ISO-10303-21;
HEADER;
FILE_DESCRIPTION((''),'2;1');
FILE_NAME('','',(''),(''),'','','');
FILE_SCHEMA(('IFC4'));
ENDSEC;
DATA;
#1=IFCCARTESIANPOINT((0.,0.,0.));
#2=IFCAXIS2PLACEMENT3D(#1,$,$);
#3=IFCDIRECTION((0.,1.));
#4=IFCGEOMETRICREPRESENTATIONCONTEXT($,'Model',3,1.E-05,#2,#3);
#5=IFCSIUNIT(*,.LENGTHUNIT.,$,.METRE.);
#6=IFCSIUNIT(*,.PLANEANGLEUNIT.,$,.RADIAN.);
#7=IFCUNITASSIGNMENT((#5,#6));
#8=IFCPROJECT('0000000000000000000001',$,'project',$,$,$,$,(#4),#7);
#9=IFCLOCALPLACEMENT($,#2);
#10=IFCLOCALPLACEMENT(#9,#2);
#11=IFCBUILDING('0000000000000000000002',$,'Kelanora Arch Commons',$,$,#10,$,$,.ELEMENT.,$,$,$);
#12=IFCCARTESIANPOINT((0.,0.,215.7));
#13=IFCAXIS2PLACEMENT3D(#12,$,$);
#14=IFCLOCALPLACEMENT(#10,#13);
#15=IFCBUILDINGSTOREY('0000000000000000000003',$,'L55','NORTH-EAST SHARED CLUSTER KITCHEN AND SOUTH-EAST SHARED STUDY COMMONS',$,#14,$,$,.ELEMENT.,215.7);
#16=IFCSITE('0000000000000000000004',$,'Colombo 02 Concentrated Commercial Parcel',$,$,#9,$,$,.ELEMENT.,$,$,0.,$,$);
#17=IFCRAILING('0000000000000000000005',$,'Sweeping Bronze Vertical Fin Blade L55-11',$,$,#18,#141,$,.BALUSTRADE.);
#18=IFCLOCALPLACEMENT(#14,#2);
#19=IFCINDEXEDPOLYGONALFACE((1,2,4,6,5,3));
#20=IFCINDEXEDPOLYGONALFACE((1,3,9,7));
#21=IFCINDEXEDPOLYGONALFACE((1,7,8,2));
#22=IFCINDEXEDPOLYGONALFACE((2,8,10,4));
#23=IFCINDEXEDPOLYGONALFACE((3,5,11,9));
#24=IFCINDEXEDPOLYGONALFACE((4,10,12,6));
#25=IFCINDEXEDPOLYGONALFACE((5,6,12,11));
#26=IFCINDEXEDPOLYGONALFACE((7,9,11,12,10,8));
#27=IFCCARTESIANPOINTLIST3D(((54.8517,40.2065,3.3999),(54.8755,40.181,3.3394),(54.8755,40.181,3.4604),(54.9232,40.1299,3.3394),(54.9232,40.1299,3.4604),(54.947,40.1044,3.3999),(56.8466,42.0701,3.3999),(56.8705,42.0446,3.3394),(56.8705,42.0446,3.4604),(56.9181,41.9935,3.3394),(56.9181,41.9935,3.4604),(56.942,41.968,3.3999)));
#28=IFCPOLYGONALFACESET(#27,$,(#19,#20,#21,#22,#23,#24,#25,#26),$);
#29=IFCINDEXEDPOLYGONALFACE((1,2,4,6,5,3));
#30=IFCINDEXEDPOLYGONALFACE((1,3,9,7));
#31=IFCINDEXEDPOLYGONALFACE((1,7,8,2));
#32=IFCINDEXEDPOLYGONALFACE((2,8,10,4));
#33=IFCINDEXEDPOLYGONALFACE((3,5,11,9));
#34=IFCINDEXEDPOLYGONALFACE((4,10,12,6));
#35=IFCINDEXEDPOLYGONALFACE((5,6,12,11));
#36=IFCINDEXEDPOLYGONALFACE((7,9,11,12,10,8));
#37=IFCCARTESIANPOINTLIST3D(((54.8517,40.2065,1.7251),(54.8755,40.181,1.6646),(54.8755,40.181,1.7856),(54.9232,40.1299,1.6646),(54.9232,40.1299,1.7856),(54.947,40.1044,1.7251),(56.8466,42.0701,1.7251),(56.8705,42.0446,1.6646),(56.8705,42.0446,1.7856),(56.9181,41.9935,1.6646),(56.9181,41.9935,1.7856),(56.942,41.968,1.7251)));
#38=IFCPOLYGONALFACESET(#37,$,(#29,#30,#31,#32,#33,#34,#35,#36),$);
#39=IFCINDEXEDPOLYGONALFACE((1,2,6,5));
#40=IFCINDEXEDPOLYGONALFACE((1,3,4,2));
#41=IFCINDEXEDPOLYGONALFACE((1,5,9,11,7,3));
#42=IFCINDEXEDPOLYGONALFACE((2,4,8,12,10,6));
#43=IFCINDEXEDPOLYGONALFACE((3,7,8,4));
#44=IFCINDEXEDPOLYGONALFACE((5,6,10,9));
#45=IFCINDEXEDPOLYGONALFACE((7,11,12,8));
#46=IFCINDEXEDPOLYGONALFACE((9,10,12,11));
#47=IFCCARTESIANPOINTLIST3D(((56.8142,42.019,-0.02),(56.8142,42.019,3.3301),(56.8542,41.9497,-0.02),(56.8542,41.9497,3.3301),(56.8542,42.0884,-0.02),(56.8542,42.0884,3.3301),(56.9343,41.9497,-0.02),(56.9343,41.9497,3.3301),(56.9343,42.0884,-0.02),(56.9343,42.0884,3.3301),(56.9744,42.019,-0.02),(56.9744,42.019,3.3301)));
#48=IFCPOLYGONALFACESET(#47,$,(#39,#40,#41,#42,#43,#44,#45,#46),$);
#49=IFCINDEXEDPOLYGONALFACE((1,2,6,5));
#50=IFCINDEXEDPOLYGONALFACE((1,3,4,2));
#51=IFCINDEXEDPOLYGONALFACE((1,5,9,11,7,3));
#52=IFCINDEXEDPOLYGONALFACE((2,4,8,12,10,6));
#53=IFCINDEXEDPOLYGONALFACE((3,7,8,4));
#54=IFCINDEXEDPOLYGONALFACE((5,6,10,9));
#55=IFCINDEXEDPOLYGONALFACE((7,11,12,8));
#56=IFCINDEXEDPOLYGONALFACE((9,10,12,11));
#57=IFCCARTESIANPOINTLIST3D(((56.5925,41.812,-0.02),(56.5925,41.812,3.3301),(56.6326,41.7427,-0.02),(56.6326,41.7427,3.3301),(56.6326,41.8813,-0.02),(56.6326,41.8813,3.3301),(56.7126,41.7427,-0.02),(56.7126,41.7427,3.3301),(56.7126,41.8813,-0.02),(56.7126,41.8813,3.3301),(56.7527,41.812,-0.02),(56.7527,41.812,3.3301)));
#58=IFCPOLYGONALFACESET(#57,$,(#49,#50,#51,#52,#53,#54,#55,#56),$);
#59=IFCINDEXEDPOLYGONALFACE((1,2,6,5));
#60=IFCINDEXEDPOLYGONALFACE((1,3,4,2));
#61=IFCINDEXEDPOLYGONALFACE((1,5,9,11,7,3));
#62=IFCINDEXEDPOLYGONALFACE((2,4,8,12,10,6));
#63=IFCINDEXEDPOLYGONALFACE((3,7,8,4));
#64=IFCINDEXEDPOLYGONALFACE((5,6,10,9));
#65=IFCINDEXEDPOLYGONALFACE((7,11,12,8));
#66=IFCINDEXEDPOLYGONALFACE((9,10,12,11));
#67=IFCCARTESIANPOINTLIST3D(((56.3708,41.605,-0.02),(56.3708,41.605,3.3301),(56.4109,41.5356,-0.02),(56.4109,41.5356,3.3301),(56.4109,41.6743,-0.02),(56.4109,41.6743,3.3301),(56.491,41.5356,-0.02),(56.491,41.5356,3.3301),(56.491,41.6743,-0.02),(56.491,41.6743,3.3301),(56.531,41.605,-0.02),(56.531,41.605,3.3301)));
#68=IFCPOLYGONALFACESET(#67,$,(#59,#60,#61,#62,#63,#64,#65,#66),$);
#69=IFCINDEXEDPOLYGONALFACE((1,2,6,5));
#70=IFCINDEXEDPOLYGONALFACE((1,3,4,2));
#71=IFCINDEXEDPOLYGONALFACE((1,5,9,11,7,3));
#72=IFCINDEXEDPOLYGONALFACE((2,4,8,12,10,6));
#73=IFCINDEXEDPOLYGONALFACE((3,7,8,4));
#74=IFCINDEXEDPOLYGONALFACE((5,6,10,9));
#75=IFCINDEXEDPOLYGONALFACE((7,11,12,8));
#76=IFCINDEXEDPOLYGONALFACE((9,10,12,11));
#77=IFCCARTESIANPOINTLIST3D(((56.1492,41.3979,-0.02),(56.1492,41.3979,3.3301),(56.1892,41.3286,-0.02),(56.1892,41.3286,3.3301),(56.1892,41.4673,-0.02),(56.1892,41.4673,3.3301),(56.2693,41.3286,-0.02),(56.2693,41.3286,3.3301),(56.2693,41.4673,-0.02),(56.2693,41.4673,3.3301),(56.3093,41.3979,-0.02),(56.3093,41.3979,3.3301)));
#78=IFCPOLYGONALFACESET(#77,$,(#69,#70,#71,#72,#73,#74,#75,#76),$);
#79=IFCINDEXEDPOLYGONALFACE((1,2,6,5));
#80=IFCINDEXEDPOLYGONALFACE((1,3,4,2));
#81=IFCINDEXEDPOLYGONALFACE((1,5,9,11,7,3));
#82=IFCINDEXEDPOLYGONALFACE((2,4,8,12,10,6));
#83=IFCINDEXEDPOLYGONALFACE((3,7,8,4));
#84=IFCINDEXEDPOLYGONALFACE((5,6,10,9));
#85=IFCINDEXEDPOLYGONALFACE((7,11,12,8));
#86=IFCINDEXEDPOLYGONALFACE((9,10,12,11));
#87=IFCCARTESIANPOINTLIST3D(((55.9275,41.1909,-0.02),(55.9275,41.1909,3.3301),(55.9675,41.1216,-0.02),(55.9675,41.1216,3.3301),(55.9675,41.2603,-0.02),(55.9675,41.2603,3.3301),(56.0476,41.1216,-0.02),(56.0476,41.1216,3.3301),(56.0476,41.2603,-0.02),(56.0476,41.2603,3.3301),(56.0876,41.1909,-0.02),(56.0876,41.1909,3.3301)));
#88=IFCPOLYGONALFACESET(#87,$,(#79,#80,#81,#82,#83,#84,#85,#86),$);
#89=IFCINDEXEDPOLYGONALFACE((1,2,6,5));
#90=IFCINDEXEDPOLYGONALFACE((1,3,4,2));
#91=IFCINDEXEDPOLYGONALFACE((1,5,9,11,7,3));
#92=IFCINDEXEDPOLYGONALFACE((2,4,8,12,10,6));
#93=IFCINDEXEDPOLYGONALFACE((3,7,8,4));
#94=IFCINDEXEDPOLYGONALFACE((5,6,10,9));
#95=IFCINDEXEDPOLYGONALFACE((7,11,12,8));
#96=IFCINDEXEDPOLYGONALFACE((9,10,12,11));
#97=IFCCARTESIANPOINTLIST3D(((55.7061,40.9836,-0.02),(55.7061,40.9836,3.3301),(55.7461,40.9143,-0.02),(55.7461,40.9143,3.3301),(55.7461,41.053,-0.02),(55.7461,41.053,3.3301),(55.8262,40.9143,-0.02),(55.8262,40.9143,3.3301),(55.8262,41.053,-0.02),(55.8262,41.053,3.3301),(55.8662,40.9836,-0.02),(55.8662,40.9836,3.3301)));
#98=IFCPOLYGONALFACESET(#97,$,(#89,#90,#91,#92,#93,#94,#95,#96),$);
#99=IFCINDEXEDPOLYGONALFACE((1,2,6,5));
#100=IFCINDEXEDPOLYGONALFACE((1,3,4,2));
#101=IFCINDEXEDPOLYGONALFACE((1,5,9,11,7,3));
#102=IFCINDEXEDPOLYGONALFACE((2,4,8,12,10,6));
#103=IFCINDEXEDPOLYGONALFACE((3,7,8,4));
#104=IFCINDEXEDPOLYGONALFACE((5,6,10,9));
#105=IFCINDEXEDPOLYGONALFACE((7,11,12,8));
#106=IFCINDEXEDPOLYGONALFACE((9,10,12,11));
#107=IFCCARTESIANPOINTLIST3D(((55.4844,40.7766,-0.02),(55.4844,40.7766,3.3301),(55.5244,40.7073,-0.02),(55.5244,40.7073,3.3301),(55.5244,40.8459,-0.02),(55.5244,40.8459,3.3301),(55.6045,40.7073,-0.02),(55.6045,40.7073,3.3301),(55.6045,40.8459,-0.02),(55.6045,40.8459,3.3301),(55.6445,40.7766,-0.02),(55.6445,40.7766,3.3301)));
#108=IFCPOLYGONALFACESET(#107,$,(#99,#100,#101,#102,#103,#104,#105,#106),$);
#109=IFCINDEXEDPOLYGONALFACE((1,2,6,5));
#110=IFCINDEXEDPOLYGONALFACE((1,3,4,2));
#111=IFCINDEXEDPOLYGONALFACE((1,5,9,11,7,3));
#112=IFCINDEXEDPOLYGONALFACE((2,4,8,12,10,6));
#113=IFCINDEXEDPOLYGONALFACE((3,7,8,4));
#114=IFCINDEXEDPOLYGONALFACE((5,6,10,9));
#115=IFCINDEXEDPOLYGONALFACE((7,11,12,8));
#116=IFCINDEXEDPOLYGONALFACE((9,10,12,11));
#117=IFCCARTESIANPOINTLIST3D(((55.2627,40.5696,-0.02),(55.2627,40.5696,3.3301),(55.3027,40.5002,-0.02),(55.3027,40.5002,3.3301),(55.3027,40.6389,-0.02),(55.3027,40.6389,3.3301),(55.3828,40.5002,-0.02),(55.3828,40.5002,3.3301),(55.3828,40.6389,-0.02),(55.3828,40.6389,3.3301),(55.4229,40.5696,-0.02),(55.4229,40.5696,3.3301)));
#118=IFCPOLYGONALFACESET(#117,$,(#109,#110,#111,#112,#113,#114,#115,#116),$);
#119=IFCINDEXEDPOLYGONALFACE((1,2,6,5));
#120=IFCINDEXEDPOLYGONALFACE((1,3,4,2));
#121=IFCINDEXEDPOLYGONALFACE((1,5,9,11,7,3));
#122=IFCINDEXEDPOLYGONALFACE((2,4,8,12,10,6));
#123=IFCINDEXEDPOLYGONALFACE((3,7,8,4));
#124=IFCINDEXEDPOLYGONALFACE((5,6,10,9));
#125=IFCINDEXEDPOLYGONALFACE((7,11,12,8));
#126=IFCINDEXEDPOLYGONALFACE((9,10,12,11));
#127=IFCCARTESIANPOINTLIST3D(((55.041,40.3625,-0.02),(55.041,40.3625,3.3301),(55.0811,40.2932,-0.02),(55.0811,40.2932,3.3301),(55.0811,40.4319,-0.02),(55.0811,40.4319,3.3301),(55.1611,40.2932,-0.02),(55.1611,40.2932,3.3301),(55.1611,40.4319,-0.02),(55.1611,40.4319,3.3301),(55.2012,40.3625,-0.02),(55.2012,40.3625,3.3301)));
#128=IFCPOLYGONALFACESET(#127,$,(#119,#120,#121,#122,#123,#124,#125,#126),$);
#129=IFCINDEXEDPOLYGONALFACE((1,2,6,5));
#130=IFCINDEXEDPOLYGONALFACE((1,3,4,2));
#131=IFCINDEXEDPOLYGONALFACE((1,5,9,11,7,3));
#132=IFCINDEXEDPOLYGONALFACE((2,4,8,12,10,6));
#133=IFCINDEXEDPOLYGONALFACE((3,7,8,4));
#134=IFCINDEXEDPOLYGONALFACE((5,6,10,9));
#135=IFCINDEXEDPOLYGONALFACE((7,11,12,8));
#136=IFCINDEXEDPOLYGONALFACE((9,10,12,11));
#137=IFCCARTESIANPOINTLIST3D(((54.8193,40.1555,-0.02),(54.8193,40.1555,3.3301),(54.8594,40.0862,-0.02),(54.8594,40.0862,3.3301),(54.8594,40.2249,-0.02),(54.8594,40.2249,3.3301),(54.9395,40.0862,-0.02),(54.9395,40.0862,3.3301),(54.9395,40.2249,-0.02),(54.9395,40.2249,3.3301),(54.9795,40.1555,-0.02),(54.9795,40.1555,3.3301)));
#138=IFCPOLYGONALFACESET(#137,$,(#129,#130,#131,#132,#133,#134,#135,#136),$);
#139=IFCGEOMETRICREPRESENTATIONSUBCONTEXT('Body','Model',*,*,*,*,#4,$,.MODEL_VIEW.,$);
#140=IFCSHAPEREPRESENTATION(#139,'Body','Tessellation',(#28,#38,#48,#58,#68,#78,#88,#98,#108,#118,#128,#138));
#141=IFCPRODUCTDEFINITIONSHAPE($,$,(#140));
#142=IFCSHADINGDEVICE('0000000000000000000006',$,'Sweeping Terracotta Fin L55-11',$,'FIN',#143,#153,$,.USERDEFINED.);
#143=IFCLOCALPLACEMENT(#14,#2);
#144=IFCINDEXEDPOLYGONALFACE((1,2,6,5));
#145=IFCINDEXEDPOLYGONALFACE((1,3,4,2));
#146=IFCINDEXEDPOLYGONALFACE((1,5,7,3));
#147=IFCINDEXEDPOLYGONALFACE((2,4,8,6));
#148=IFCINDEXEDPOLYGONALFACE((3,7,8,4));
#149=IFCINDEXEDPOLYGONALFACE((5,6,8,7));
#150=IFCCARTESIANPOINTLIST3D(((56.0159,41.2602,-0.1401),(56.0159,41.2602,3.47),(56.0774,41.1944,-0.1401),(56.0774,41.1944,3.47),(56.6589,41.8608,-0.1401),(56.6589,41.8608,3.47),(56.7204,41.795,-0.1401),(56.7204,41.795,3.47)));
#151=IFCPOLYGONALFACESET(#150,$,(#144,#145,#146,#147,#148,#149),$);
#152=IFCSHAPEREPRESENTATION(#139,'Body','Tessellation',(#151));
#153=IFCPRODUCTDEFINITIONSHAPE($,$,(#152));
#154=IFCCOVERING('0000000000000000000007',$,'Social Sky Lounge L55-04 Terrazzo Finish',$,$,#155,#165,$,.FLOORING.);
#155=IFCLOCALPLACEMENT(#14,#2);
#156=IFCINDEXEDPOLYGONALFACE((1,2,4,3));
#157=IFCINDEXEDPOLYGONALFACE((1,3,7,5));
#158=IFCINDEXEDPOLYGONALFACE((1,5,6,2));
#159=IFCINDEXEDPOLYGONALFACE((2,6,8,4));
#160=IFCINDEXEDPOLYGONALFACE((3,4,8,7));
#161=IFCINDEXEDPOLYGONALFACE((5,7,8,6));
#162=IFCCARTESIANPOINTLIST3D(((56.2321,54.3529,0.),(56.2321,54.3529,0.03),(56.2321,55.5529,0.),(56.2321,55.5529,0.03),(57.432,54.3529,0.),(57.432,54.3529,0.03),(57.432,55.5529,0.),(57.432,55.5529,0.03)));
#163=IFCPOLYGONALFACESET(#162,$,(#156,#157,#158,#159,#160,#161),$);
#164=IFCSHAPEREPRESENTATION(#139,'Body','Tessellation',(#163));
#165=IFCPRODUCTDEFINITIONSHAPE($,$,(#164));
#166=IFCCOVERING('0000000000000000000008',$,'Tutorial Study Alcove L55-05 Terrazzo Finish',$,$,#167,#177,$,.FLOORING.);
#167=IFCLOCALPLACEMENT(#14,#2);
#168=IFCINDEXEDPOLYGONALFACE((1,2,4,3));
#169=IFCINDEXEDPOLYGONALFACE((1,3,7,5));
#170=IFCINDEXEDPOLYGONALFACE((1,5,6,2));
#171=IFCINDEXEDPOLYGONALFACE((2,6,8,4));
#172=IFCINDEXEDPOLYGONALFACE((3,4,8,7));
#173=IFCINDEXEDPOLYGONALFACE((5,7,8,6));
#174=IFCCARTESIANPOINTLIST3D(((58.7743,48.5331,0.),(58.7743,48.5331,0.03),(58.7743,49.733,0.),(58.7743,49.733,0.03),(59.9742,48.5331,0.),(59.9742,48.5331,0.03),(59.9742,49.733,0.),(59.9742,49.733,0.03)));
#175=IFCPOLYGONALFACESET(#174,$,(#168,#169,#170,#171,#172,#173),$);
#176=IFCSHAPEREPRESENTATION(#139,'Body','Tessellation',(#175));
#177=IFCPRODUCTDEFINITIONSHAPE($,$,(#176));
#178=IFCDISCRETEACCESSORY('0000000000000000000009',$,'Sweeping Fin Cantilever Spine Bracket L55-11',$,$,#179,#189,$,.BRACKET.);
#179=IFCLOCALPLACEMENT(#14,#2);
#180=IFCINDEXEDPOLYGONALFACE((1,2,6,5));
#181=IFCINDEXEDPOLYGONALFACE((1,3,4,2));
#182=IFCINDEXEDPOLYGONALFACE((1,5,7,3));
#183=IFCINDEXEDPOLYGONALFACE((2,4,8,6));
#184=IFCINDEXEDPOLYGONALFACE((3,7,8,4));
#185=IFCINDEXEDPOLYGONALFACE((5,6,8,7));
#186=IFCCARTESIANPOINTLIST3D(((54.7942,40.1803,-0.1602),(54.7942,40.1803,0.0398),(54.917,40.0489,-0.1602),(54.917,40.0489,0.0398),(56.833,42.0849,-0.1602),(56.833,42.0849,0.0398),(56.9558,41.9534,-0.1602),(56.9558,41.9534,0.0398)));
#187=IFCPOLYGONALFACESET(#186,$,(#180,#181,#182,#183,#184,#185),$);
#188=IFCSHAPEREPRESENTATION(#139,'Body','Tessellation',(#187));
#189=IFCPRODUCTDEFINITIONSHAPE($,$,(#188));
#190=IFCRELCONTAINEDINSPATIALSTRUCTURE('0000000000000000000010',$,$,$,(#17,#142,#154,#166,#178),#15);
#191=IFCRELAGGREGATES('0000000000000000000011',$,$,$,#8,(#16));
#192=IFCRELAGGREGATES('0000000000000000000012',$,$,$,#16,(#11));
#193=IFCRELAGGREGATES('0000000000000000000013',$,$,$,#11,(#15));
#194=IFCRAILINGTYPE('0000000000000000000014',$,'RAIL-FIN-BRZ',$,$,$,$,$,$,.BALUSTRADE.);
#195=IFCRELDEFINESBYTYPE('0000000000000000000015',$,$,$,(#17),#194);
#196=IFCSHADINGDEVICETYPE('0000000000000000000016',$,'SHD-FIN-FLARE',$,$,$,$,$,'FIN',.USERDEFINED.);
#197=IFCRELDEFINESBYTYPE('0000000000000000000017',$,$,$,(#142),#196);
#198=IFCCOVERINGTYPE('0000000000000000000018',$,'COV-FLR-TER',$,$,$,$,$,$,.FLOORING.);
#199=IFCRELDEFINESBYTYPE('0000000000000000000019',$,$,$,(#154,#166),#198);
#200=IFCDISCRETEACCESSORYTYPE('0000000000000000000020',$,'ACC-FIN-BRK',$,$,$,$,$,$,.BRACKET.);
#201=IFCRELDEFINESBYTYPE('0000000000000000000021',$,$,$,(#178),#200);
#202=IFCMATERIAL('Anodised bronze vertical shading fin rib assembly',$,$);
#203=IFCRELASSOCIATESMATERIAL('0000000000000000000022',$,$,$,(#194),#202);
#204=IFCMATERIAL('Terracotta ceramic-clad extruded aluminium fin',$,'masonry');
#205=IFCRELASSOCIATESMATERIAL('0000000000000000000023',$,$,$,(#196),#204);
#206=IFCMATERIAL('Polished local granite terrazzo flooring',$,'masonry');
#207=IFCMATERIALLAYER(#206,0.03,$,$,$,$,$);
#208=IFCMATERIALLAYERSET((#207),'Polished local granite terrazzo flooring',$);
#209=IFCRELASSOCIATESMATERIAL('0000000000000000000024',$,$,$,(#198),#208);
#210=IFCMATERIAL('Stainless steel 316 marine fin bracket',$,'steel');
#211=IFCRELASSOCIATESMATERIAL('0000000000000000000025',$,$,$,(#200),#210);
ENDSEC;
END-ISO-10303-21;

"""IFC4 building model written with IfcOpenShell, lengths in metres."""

from ifc_helpers import new_model, si_unit, direction, frame, origin, origin_2d, place, context, subcontext, project, spatial, polyline, rectangle, outline, extrude, source, transform, mapped, material, layer, layer_set, type_object, element, save


model = new_model("IFC4")

# Units and contexts
model_context = context("Model", 3, precision=1e-05, world=origin(), true_north=direction((0.0, 1.0)))
body_context = subcontext(model_context, "Body", "Model", "MODEL_VIEW")
ifc_project = project(units=[si_unit("LENGTHUNIT", "METRE"), si_unit("PLANEANGLEUNIT", "RADIAN")], contexts=[model_context])

# Site, building, storey
site_placement = place(None, origin())
site = spatial("IfcSite", under=ifc_project, at=site_placement, Name="Colombo 02 Concentrated Commercial Parcel", CompositionType="ELEMENT", RefElevation=0.0)
building_placement = place(site_placement, origin())
building = spatial("IfcBuilding", under=site, at=building_placement, Name="Kelanora Arch Commons", CompositionType="ELEMENT")
storey_placement = place(building_placement, frame((0.0, 0.0, 215.7)))
storey = spatial("IfcBuildingStorey", under=building, at=storey_placement, Name="L55", Description="NORTH-EAST SHARED CLUSTER KITCHEN AND SOUTH-EAST SHARED STUDY COMMONS", CompositionType="ELEMENT", Elevation=215.7)

# Railing
ifc_material_1 = material(Name="Anodised bronze vertical shading fin rib assembly")
railing_type = type_object("IfcRailingType", Name="RAIL-FIN-BRZ", PredefinedType="BALUSTRADE", material=ifc_material_1)
railing_placement = place(storey_placement, frame((56.8943, 42.019, -0.02)))
element("IfcRailing", 1, at=railing_placement, inside=storey, type_object=railing_type, Name="Sweeping Bronze Vertical Fin Blade L55-11", PredefinedType="BALUSTRADE", context=body_context, shape_type="SweptSolid", body=[
    extrude(outline(polyline([(0.0698, 0.0), (0.0349, 0.0605), (-0.0349, 0.0605), (-0.0698, 0.0), (-0.0349, -0.0605), (0.0349, -0.0605), (0.0698, 0.0)])), frame((0.0, 0.0, 3.4199), z_axis=(-0.730755, -0.68264, 0.0), x_axis=(0.68264, -0.730755, 0.0)), (0.0, 0.0, 1.0), 2.73),
    extrude(outline(polyline([(0.0698, 0.0), (0.0349, 0.0605), (-0.0349, 0.0605), (-0.0698, 0.0), (-0.0349, -0.0605), (0.0349, -0.0605), (0.0698, 0.0)])), frame((0.0, 0.0, 1.7451), z_axis=(-0.730755, -0.68264, 0.0), x_axis=(0.68264, -0.730755, 0.0)), (0.0, 0.0, 1.0), 2.73),
    extrude(outline(polyline([(0.0801, 0.0), (0.04, 0.0693), (-0.04, 0.0693), (-0.0801, 0.0), (-0.04, -0.0693), (0.04, -0.0693), (0.0801, 0.0)])), origin(), (0.0, 0.0, 1.0), 3.3501),
    extrude(outline(polyline([(0.0801, 0.0), (0.04, 0.0693), (-0.04, 0.0693), (-0.0801, 0.0), (-0.04, -0.0693), (0.04, -0.0693), (0.0801, 0.0)])), frame((-0.2217, -0.207, 0.0)), (0.0, 0.0, 1.0), 3.3501),
    extrude(outline(polyline([(0.0801, 0.0), (0.04, 0.0693), (-0.04, 0.0693), (-0.0801, 0.0), (-0.04, -0.0693), (0.04, -0.0693), (0.0801, 0.0)])), frame((-0.4434, -0.4141, 0.0)), (0.0, 0.0, 1.0), 3.3501),
    extrude(outline(polyline([(0.0801, 0.0), (0.04, 0.0693), (-0.04, 0.0693), (-0.0801, 0.0), (-0.04, -0.0693), (0.04, -0.0693), (0.0801, 0.0)])), frame((-0.665, -0.6211, 0.0)), (0.0, 0.0, 1.0), 3.3501),
    extrude(outline(polyline([(0.0801, 0.0), (0.04, 0.0693), (-0.04, 0.0693), (-0.0801, 0.0), (-0.04, -0.0693), (0.04, -0.0693), (0.0801, 0.0)])), frame((-0.8867, -0.8281, 0.0)), (0.0, 0.0, 1.0), 3.3501),
    extrude(outline(polyline([(0.0801, 0.0), (0.04, 0.0693), (-0.04, 0.0693), (-0.0801, 0.0), (-0.04, -0.0693), (0.04, -0.0693), (0.0801, 0.0)])), frame((-1.1082, -1.0354, 0.0)), (0.0, 0.0, 1.0), 3.3501),
    extrude(outline(polyline([(0.0801, 0.0), (0.04, 0.0693), (-0.04, 0.0693), (-0.0801, 0.0), (-0.04, -0.0693), (0.04, -0.0693), (0.0801, 0.0)])), frame((-1.3298, -1.2424, 0.0)), (0.0, 0.0, 1.0), 3.3501),
    extrude(outline(polyline([(0.0801, 0.0), (0.04, 0.0693), (-0.04, 0.0693), (-0.0801, 0.0), (-0.04, -0.0693), (0.04, -0.0693), (0.0801, 0.0)])), frame((-1.5515, -1.4495, 0.0)), (0.0, 0.0, 1.0), 3.3501),
    extrude(outline(polyline([(0.0801, 0.0), (0.04, 0.0693), (-0.04, 0.0693), (-0.0801, 0.0), (-0.04, -0.0693), (0.04, -0.0693), (0.0801, 0.0)])), frame((-1.7732, -1.6565, 0.0)), (0.0, 0.0, 1.0), 3.3501),
    extrude(outline(polyline([(0.0801, 0.0), (0.04, 0.0693), (-0.04, 0.0693), (-0.0801, 0.0), (-0.04, -0.0693), (0.04, -0.0693), (0.0801, 0.0)])), frame((-1.9949, -1.8635, 0.0)), (0.0, 0.0, 1.0), 3.3501),
])

# Shading device
ifc_material_2 = material(Name="Terracotta ceramic-clad extruded aluminium fin", Category="masonry")
shading_device_type = type_object("IfcShadingDeviceType", Name="SHD-FIN-FLARE", ElementType="FIN", PredefinedType="USERDEFINED", material=ifc_material_2)
shared_shape_1 = source(origin(), body_context, "Body", "SweptSolid", [
    extrude(rectangle(XDim=0.8799, YDim=0.0901, at=origin_2d()), origin(), (0.0, 0.0, 1.0), 3.6101),
])
shading_device_placement = place(storey_placement, frame((56.3682, 41.5276, -0.1401), z_axis=(0.0, 0.0, 1.0), x_axis=(-0.730758, -0.682636, 0.0)))
element("IfcShadingDevice", 2, at=shading_device_placement, inside=storey, type_object=shading_device_type, Name="Sweeping Terracotta Fin L55-11", ObjectType="FIN", PredefinedType="USERDEFINED", context=body_context, shape_type="MappedRepresentation", body=[
    mapped(shared_shape_1, transform((0.0, 0.0, 0.0), scale=1.0)),
])

# Coverings
ifc_material_3 = material(Name="Polished local granite terrazzo flooring", Category="masonry")
ifc_layer_1 = layer(ifc_material_3, 0.03)
ifc_layer_set_1 = layer_set([ifc_layer_1], Name="Polished local granite terrazzo flooring")
covering_type = type_object("IfcCoveringType", Name="COV-FLR-TER", PredefinedType="FLOORING", material=ifc_layer_set_1)
shared_shape_2 = source(origin(), body_context, "Body", "SweptSolid", [
    extrude(rectangle(XDim=1.2, YDim=1.2, at=origin_2d()), origin(), (0.0, 0.0, 1.0), 0.03),
])
for number, where, z_axis, x_axis, name in (
    (3, (56.832, 54.9529, 0.0), (0.0, 0.0, 1.0), (1.0, 0.0, 0.0), "Social Sky Lounge L55-04 Terrazzo Finish"),
    (4, (59.3743, 49.1331, 0.0), (0.0, 0.0, 1.0), (1.0, 0.0, 0.0), "Tutorial Study Alcove L55-05 Terrazzo Finish"),
):
    element("IfcCovering", number, at=place(storey_placement, frame(where, z_axis=z_axis, x_axis=x_axis)), inside=storey, type_object=covering_type, Name=name, PredefinedType="FLOORING", context=body_context, shape_type="MappedRepresentation", body=[
        mapped(shared_shape_2, transform((0.0, 0.0, 0.0), scale=1.0)),
    ])

# Discrete accessory
ifc_material_4 = material(Name="Stainless steel 316 marine fin bracket", Category="steel")
discrete_accessory_type = type_object("IfcDiscreteAccessoryType", Name="ACC-FIN-BRK", PredefinedType="BRACKET", material=ifc_material_4)
shared_shape_3 = source(origin(), body_context, "Body", "SweptSolid", [
    extrude(rectangle(XDim=2.79, YDim=0.1799, at=origin_2d()), origin(), (0.0, 0.0, 1.0), 0.2),
])
discrete_accessory_placement = place(storey_placement, frame((55.875, 41.0669, -0.1602), z_axis=(0.0, 0.0, 1.0), x_axis=(-0.730758, -0.682636, 0.0)))
element("IfcDiscreteAccessory", 5, at=discrete_accessory_placement, inside=storey, type_object=discrete_accessory_type, Name="Sweeping Fin Cantilever Spine Bracket L55-11", PredefinedType="BRACKET", context=body_context, shape_type="MappedRepresentation", body=[
    mapped(shared_shape_3, transform((0.0, 0.0, 0.0), scale=1.0)),
])

save(model, "model.ifc")
